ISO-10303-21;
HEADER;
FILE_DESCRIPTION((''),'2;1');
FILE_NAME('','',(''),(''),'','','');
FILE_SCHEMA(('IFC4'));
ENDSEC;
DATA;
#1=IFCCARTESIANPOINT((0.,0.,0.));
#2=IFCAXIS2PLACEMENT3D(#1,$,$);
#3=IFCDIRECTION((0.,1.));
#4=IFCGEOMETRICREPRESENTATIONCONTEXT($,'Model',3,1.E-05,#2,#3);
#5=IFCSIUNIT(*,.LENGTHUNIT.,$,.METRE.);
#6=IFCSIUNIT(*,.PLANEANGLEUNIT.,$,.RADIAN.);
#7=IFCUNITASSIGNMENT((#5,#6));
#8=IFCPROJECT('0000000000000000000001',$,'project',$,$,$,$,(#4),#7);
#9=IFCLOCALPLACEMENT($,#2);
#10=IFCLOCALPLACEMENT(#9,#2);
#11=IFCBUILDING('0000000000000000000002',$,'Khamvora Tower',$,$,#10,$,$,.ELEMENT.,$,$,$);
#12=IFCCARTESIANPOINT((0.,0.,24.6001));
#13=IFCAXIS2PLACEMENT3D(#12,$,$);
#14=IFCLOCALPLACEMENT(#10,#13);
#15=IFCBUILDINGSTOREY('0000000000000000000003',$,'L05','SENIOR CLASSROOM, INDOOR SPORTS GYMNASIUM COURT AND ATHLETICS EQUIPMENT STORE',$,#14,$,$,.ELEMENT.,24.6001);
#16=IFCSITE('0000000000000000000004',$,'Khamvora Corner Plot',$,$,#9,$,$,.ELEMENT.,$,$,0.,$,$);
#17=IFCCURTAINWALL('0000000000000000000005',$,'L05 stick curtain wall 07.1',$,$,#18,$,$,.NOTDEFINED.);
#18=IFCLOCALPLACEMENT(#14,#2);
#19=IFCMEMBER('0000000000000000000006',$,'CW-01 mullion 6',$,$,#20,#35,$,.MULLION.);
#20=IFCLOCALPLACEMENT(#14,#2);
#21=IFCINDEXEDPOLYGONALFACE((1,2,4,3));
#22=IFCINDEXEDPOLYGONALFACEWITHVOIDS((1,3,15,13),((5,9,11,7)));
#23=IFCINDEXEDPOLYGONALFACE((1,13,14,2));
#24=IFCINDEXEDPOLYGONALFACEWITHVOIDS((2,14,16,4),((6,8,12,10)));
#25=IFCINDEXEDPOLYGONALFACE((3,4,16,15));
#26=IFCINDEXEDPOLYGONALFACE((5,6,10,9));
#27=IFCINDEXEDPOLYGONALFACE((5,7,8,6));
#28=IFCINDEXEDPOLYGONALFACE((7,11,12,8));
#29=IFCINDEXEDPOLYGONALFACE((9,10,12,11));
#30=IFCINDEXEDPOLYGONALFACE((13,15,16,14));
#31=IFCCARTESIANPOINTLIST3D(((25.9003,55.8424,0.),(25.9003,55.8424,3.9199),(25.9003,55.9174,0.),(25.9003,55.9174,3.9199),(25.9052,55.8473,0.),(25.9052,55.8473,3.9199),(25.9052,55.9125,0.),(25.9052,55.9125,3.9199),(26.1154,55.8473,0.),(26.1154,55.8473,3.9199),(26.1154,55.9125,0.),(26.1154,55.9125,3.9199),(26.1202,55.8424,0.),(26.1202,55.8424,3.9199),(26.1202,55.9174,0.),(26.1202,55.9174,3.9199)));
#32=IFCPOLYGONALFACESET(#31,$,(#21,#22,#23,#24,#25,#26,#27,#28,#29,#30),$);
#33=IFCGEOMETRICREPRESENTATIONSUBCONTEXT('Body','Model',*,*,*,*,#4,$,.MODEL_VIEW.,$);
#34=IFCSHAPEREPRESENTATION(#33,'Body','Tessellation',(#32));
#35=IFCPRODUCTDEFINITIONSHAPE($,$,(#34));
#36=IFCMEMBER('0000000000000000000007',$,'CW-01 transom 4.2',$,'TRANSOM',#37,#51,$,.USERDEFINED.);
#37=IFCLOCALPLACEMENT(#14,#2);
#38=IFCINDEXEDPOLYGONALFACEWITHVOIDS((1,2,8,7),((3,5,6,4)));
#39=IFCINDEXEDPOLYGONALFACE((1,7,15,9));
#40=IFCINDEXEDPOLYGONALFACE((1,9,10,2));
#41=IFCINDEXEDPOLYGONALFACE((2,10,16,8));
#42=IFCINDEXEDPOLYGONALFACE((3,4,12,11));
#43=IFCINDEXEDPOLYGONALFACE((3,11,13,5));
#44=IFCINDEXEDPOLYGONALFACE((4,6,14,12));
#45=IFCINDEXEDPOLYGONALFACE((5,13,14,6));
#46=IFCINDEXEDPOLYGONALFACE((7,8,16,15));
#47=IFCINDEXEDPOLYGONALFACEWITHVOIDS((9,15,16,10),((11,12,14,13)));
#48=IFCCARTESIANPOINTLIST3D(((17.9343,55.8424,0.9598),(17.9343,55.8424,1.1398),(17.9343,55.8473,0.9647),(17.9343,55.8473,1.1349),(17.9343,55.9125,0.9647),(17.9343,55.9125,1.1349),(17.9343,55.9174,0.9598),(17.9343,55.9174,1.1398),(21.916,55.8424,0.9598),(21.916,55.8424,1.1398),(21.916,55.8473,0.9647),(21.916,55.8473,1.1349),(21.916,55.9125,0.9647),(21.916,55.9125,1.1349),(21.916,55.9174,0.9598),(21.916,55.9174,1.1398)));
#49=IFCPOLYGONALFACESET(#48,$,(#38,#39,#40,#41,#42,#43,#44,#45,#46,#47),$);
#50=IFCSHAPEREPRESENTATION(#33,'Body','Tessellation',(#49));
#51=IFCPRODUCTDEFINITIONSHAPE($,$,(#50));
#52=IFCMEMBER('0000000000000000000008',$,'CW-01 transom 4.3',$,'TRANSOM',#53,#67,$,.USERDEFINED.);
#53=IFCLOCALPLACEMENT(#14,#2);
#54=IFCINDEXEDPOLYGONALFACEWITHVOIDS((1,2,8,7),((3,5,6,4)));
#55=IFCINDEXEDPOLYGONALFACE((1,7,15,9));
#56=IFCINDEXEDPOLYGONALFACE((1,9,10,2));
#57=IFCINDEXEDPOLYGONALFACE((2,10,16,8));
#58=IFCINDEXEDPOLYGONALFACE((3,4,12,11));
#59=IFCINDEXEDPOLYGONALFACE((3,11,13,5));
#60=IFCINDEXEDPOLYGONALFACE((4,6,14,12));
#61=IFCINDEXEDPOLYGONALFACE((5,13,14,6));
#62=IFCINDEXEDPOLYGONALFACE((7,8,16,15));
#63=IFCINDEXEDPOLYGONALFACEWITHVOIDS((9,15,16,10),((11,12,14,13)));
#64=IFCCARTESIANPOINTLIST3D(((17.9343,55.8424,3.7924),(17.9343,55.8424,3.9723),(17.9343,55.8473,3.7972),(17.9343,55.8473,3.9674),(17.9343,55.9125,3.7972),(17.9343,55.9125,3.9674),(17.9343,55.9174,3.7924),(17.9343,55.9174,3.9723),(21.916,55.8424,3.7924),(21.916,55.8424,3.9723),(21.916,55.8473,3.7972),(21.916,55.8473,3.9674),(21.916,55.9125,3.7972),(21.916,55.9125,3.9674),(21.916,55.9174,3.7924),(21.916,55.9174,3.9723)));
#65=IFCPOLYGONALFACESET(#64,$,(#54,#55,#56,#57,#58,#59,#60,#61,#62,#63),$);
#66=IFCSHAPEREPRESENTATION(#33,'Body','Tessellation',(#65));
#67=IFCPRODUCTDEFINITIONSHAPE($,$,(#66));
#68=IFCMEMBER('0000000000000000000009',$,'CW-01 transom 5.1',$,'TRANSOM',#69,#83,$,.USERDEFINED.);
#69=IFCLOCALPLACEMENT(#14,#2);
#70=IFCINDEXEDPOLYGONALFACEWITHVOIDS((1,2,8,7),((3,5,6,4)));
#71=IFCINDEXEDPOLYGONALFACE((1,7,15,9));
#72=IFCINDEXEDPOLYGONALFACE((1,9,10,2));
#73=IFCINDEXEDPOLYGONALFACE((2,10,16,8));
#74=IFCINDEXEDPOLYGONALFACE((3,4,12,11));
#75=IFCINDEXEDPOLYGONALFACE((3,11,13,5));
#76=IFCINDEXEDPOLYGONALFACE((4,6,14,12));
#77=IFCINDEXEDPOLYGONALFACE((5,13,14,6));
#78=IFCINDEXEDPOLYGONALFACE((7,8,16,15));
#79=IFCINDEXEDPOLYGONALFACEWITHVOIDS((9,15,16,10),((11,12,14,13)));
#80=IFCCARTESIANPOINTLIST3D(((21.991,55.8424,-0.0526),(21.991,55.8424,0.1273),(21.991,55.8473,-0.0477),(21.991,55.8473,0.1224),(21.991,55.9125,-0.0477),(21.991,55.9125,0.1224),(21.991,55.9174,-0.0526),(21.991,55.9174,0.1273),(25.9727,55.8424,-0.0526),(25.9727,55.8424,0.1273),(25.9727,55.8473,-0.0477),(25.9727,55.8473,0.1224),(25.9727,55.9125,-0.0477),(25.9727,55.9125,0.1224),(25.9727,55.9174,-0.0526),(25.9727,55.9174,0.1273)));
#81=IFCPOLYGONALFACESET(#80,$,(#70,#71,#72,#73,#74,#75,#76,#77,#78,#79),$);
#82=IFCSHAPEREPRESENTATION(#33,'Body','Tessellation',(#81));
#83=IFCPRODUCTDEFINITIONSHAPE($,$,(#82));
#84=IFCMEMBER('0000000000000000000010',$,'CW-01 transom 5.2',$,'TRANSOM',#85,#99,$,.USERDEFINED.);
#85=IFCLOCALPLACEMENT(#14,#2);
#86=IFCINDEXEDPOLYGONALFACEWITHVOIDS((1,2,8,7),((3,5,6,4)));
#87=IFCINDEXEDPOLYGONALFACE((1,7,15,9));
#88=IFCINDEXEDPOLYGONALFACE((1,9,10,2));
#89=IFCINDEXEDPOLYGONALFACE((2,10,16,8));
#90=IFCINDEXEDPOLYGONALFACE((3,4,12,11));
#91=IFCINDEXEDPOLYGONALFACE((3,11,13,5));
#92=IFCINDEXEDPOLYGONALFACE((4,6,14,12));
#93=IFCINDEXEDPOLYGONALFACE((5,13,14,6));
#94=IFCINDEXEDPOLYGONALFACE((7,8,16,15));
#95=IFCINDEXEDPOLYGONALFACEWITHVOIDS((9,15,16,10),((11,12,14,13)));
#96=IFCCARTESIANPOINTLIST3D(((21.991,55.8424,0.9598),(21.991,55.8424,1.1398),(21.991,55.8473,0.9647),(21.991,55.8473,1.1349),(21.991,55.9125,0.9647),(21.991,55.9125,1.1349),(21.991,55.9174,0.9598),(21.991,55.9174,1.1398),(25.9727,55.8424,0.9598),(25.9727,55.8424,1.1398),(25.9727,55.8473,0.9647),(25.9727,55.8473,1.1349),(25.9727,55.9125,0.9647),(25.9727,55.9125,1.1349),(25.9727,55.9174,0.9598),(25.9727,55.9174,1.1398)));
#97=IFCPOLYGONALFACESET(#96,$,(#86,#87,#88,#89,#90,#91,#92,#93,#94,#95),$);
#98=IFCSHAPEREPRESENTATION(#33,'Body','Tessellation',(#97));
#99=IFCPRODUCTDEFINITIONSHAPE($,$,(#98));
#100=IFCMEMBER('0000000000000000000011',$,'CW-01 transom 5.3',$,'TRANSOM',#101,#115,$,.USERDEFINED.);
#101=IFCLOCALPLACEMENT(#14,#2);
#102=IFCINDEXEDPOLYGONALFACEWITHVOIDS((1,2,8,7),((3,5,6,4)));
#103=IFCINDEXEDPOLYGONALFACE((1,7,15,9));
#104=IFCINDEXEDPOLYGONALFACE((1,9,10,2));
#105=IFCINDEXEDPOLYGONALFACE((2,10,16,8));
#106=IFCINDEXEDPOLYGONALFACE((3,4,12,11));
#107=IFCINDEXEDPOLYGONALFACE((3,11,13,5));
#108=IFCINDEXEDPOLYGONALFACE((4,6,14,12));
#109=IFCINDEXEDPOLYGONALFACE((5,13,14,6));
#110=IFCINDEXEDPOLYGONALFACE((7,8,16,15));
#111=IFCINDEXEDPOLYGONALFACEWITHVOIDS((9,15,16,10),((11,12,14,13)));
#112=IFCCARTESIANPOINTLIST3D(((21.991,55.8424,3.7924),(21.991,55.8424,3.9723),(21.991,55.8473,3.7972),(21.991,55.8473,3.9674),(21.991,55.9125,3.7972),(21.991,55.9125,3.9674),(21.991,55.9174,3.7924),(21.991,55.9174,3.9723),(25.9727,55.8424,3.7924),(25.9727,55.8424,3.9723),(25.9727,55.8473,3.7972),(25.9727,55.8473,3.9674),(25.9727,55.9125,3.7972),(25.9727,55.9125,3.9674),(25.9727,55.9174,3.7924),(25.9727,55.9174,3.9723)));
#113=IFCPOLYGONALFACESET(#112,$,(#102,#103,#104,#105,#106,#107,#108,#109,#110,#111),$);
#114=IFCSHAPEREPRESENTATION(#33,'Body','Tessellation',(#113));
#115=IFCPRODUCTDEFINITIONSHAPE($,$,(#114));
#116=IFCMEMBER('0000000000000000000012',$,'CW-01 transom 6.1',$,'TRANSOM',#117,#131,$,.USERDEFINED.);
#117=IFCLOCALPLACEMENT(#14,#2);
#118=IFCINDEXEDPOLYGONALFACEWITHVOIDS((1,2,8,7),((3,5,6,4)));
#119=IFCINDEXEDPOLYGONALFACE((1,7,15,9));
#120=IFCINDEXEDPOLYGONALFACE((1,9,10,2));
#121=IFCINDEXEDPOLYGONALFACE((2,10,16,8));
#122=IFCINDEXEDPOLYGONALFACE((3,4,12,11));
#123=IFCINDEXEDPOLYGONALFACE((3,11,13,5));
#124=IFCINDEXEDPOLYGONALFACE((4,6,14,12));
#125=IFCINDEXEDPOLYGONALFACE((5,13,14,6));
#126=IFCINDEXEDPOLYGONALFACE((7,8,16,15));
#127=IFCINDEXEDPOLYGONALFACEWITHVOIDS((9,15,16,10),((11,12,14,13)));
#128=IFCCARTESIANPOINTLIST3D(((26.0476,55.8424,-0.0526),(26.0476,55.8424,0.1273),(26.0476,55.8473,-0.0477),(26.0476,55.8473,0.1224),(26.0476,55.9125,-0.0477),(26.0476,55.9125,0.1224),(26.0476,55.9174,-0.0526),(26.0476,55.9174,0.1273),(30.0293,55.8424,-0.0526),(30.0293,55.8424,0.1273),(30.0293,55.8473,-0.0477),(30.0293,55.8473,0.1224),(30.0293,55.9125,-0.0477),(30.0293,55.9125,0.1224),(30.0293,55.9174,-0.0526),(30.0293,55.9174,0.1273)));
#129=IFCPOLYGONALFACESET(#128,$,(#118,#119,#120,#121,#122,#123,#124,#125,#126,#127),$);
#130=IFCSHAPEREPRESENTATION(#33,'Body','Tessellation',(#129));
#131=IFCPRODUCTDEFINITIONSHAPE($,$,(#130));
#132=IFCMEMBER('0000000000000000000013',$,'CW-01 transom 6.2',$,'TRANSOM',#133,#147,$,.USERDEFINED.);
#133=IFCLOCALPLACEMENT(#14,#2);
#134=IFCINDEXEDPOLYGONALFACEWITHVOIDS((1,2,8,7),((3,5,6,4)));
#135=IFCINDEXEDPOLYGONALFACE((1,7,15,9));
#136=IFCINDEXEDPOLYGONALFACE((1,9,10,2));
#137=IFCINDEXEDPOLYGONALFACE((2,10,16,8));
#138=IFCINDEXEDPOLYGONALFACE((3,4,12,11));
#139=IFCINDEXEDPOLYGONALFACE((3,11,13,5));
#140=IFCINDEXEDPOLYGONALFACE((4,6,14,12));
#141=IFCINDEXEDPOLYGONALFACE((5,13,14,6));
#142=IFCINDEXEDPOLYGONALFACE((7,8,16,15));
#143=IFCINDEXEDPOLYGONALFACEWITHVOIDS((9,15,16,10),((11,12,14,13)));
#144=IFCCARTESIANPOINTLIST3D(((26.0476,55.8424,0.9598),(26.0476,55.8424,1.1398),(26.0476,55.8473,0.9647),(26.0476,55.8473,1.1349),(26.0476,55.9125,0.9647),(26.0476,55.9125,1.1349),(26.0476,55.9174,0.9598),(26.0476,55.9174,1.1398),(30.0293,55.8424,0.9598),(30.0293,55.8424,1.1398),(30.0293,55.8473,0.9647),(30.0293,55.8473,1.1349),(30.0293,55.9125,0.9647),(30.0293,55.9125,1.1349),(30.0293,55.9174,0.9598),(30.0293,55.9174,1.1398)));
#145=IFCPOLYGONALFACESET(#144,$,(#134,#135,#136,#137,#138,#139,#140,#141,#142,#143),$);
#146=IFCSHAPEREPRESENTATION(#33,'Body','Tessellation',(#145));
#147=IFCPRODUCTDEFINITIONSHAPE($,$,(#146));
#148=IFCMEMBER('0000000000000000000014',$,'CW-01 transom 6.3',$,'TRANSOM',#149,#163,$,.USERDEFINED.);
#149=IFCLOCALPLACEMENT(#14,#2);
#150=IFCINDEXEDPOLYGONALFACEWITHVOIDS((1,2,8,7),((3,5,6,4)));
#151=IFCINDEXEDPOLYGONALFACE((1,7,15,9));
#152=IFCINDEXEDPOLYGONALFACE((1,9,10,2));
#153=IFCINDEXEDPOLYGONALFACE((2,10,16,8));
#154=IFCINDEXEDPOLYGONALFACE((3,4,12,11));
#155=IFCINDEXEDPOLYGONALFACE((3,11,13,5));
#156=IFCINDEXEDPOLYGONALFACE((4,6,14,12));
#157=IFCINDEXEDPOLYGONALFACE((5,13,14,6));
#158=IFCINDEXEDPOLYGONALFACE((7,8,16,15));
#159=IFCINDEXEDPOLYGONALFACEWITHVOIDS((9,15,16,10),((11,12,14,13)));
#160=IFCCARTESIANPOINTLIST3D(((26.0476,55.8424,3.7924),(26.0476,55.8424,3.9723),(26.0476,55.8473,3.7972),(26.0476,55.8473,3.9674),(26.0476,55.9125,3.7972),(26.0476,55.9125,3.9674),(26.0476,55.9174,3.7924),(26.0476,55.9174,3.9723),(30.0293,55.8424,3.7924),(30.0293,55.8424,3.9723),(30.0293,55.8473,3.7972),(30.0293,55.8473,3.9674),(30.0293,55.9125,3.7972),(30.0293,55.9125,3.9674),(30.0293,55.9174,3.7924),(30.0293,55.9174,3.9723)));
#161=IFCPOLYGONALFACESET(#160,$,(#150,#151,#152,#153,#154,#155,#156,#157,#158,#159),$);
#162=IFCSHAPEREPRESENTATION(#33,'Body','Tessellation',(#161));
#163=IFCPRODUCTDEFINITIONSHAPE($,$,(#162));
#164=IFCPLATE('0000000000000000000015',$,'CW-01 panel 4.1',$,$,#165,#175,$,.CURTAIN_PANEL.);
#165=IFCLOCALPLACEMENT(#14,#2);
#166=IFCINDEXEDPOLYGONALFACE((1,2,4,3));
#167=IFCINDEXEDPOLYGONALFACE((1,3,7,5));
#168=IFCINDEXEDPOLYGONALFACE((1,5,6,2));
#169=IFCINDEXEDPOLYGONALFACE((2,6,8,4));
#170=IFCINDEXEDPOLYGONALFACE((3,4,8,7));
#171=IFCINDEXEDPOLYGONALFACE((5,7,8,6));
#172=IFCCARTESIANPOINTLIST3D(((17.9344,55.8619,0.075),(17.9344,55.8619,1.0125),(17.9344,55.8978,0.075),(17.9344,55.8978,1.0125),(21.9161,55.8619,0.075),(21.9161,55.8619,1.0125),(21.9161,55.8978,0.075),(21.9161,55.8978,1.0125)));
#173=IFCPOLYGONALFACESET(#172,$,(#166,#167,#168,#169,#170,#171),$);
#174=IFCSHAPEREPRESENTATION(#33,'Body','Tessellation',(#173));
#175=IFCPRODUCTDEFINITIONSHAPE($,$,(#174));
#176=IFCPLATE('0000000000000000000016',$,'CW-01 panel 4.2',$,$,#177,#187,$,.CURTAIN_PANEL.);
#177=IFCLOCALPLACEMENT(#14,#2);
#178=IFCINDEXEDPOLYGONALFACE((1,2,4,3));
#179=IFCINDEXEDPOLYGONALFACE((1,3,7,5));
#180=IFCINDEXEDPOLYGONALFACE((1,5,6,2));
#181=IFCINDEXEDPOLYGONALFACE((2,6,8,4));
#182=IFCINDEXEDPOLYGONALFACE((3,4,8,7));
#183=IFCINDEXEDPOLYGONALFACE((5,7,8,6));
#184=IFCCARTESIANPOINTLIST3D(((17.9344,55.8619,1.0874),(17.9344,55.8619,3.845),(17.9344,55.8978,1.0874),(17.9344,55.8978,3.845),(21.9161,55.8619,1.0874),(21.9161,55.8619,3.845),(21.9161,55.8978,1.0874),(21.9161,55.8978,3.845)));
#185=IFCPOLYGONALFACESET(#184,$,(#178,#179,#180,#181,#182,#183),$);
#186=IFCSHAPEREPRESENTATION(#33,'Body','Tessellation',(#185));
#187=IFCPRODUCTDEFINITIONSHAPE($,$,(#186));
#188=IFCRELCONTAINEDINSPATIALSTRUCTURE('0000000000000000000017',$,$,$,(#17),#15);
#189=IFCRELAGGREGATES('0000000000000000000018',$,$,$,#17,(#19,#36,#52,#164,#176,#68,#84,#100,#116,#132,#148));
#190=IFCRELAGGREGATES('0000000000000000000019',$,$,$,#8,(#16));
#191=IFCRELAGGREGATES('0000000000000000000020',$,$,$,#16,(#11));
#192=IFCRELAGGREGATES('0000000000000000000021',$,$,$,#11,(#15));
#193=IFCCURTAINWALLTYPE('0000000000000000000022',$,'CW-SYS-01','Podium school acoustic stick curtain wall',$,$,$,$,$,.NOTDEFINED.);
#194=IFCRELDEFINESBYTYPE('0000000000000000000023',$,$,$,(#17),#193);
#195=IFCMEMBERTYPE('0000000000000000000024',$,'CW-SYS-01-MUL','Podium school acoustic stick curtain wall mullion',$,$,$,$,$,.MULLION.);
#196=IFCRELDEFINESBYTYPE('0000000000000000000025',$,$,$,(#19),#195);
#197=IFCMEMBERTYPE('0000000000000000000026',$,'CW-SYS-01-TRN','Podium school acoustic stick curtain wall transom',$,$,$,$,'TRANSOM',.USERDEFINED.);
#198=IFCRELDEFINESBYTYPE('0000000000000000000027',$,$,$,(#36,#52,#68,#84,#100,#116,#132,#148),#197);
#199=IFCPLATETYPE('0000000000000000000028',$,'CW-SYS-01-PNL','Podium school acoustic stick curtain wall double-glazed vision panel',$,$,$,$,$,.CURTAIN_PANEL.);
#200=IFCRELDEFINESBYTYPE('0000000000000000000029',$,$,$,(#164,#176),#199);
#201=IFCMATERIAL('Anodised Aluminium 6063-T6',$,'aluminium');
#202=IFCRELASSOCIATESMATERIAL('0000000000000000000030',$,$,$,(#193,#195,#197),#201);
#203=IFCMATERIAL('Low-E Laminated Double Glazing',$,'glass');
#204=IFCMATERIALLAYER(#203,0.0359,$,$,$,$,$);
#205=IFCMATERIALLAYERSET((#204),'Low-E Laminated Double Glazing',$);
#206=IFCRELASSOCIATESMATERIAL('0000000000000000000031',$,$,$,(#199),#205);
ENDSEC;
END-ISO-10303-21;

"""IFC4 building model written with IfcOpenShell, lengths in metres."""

from ifc_helpers import new_model, si_unit, direction, frame, origin, origin_2d, place, context, subcontext, project, spatial, rectangle, hollow_rectangle, extrude, material, layer, layer_set, material_profile, profile_set, type_object, element, aggregate, save


model = new_model("IFC4")

# Units and contexts
model_context = context("Model", 3, precision=1e-05, world=origin(), true_north=direction((0.0, 1.0)))
body_context = subcontext(model_context, "Body", "Model", "MODEL_VIEW")
ifc_project = project(units=[si_unit("LENGTHUNIT", "METRE"), si_unit("PLANEANGLEUNIT", "RADIAN")], contexts=[model_context])

# Site, building, storey
site_placement = place(None, origin())
site = spatial("IfcSite", under=ifc_project, at=site_placement, Name="Khamvora Corner Plot", CompositionType="ELEMENT", RefElevation=0.0)
building_placement = place(site_placement, origin())
building = spatial("IfcBuilding", under=site, at=building_placement, Name="Khamvora Tower", CompositionType="ELEMENT")
storey_placement = place(building_placement, frame((0.0, 0.0, 24.6001)))
storey = spatial("IfcBuildingStorey", under=building, at=storey_placement, Name="L05", Description="SENIOR CLASSROOM, INDOOR SPORTS GYMNASIUM COURT AND ATHLETICS EQUIPMENT STORE", CompositionType="ELEMENT", Elevation=24.6001)

# Curtain wall, members, plates
ifc_material_1 = material(Name="Anodised Aluminium 6063-T6", Category="aluminium")
curtain_wall_type = type_object("IfcCurtainWallType", Name="CW-SYS-01", Description="Podium school acoustic stick curtain wall", PredefinedType="NOTDEFINED", material=ifc_material_1)
curtain_wall_placement = place(storey_placement, origin())
curtain_wall = element("IfcCurtainWall", 1, at=curtain_wall_placement, inside=storey, type_object=curtain_wall_type, Name="L05 stick curtain wall 07.1", PredefinedType="NOTDEFINED")
ifc_material_profile_1 = material_profile(ifc_material_1, hollow_rectangle(XDim=0.075, YDim=0.22, WallThickness=0.0049, at=origin_2d()), Name="MUL75x220x5")
ifc_profile_set_1 = profile_set([ifc_material_profile_1], Name="Anodised Aluminium 6063-T6")
member_type_1 = type_object("IfcMemberType", Name="CW-SYS-01-MUL", Description="Podium school acoustic stick curtain wall mullion", PredefinedType="MULLION", material=ifc_profile_set_1)
member_1_placement = place(storey_placement, frame((26.0103, 55.8799, 0.0), z_axis=(0.0, 0.0, 1.0), x_axis=(0.0, 1.0, 0.0)))
member_1 = element("IfcMember", 2, at=member_1_placement, type_object=member_type_1, Name="CW-01 mullion 6", PredefinedType="MULLION", context=body_context, shape_type="SweptSolid", body=[
    extrude(hollow_rectangle(XDim=0.075, YDim=0.22, WallThickness=0.0049, at=origin_2d()), origin(), (0.0, 0.0, 1.0), 3.9199),
])
ifc_material_profile_2 = material_profile(ifc_material_1, hollow_rectangle(XDim=0.075, YDim=0.1799, WallThickness=0.0049, at=origin_2d()), Name="TRN75x180x5")
ifc_profile_set_2 = profile_set([ifc_material_profile_2], Name="Anodised Aluminium 6063-T6")
member_type_2 = type_object("IfcMemberType", Name="CW-SYS-01-TRN", Description="Podium school acoustic stick curtain wall transom", ElementType="TRANSOM", PredefinedType="USERDEFINED", material=ifc_profile_set_2)
member_2_placement = place(storey_placement, frame((17.9343, 55.8799, 1.0498), z_axis=(1.0, 0.0, 0.0), x_axis=(0.0, 1.0, 0.0)))
member_2 = element("IfcMember", 3, at=member_2_placement, type_object=member_type_2, Name="CW-01 transom 4.2", ObjectType="TRANSOM", PredefinedType="USERDEFINED", context=body_context, shape_type="SweptSolid", body=[
    extrude(hollow_rectangle(XDim=0.075, YDim=0.1799, WallThickness=0.0049, at=origin_2d()), origin(), (0.0, 0.0, 1.0), 3.9817),
])
member_3_placement = place(storey_placement, frame((17.9343, 55.8799, 3.8823), z_axis=(1.0, 0.0, 0.0), x_axis=(0.0, 1.0, 0.0)))
member_3 = element("IfcMember", 4, at=member_3_placement, type_object=member_type_2, Name="CW-01 transom 4.3", ObjectType="TRANSOM", PredefinedType="USERDEFINED", context=body_context, shape_type="SweptSolid", body=[
    extrude(hollow_rectangle(XDim=0.075, YDim=0.1799, WallThickness=0.0049, at=origin_2d()), origin(), (0.0, 0.0, 1.0), 3.9817),
])
member_4_placement = place(storey_placement, frame((21.991, 55.8799, 0.0374), z_axis=(1.0, 0.0, 0.0), x_axis=(0.0, 1.0, 0.0)))
member_4 = element("IfcMember", 5, at=member_4_placement, type_object=member_type_2, Name="CW-01 transom 5.1", ObjectType="TRANSOM", PredefinedType="USERDEFINED", context=body_context, shape_type="SweptSolid", body=[
    extrude(hollow_rectangle(XDim=0.075, YDim=0.1799, WallThickness=0.0049, at=origin_2d()), origin(), (0.0, 0.0, 1.0), 3.9817),
])
member_5_placement = place(storey_placement, frame((21.991, 55.8799, 1.0498), z_axis=(1.0, 0.0, 0.0), x_axis=(0.0, 1.0, 0.0)))
member_5 = element("IfcMember", 6, at=member_5_placement, type_object=member_type_2, Name="CW-01 transom 5.2", ObjectType="TRANSOM", PredefinedType="USERDEFINED", context=body_context, shape_type="SweptSolid", body=[
    extrude(hollow_rectangle(XDim=0.075, YDim=0.1799, WallThickness=0.0049, at=origin_2d()), origin(), (0.0, 0.0, 1.0), 3.9817),
])
member_6_placement = place(storey_placement, frame((21.991, 55.8799, 3.8823), z_axis=(1.0, 0.0, 0.0), x_axis=(0.0, 1.0, 0.0)))
member_6 = element("IfcMember", 7, at=member_6_placement, type_object=member_type_2, Name="CW-01 transom 5.3", ObjectType="TRANSOM", PredefinedType="USERDEFINED", context=body_context, shape_type="SweptSolid", body=[
    extrude(hollow_rectangle(XDim=0.075, YDim=0.1799, WallThickness=0.0049, at=origin_2d()), origin(), (0.0, 0.0, 1.0), 3.9817),
])
member_7_placement = place(storey_placement, frame((26.0476, 55.8799, 0.0374), z_axis=(1.0, 0.0, 0.0), x_axis=(0.0, 1.0, 0.0)))
member_7 = element("IfcMember", 8, at=member_7_placement, type_object=member_type_2, Name="CW-01 transom 6.1", ObjectType="TRANSOM", PredefinedType="USERDEFINED", context=body_context, shape_type="SweptSolid", body=[
    extrude(hollow_rectangle(XDim=0.075, YDim=0.1799, WallThickness=0.0049, at=origin_2d()), origin(), (0.0, 0.0, 1.0), 3.9817),
])
member_8_placement = place(storey_placement, frame((26.0476, 55.8799, 1.0498), z_axis=(1.0, 0.0, 0.0), x_axis=(0.0, 1.0, 0.0)))
member_8 = element("IfcMember", 9, at=member_8_placement, type_object=member_type_2, Name="CW-01 transom 6.2", ObjectType="TRANSOM", PredefinedType="USERDEFINED", context=body_context, shape_type="SweptSolid", body=[
    extrude(hollow_rectangle(XDim=0.075, YDim=0.1799, WallThickness=0.0049, at=origin_2d()), origin(), (0.0, 0.0, 1.0), 3.9817),
])
member_9_placement = place(storey_placement, frame((26.0476, 55.8799, 3.8823), z_axis=(1.0, 0.0, 0.0), x_axis=(0.0, 1.0, 0.0)))
member_9 = element("IfcMember", 10, at=member_9_placement, type_object=member_type_2, Name="CW-01 transom 6.3", ObjectType="TRANSOM", PredefinedType="USERDEFINED", context=body_context, shape_type="SweptSolid", body=[
    extrude(hollow_rectangle(XDim=0.075, YDim=0.1799, WallThickness=0.0049, at=origin_2d()), origin(), (0.0, 0.0, 1.0), 3.9817),
])
ifc_material_2 = material(Name="Low-E Laminated Double Glazing", Category="glass")
ifc_layer_1 = layer(ifc_material_2, 0.0359)
ifc_layer_set_1 = layer_set([ifc_layer_1], Name="Low-E Laminated Double Glazing")
plate_type = type_object("IfcPlateType", Name="CW-SYS-01-PNL", Description="Podium school acoustic stick curtain wall double-glazed vision panel", PredefinedType="CURTAIN_PANEL", material=ifc_layer_set_1)
plate_1_placement = place(storey_placement, frame((19.9253, 55.8799, 0.075), z_axis=(0.0, 0.0, 1.0), x_axis=(1.0, 0.0, 0.0)))
plate_1 = element("IfcPlate", 11, at=plate_1_placement, type_object=plate_type, Name="CW-01 panel 4.1", PredefinedType="CURTAIN_PANEL", context=body_context, shape_type="SweptSolid", body=[
    extrude(rectangle(XDim=3.9817, YDim=0.0359, at=origin_2d()), origin(), (0.0, 0.0, 1.0), 0.9375),
])
plate_2_placement = place(storey_placement, frame((19.9253, 55.8799, 1.0874), z_axis=(0.0, 0.0, 1.0), x_axis=(1.0, 0.0, 0.0)))
plate_2 = element("IfcPlate", 12, at=plate_2_placement, type_object=plate_type, Name="CW-01 panel 4.2", PredefinedType="CURTAIN_PANEL", context=body_context, shape_type="SweptSolid", body=[
    extrude(rectangle(XDim=3.9817, YDim=0.0359, at=origin_2d()), origin(), (0.0, 0.0, 1.0), 2.7576),
])
aggregate(curtain_wall, [member_1, member_2, member_3, plate_1, plate_2, member_4, member_5, member_6, member_7, member_8, member_9])

save(model, "model.ifc")
